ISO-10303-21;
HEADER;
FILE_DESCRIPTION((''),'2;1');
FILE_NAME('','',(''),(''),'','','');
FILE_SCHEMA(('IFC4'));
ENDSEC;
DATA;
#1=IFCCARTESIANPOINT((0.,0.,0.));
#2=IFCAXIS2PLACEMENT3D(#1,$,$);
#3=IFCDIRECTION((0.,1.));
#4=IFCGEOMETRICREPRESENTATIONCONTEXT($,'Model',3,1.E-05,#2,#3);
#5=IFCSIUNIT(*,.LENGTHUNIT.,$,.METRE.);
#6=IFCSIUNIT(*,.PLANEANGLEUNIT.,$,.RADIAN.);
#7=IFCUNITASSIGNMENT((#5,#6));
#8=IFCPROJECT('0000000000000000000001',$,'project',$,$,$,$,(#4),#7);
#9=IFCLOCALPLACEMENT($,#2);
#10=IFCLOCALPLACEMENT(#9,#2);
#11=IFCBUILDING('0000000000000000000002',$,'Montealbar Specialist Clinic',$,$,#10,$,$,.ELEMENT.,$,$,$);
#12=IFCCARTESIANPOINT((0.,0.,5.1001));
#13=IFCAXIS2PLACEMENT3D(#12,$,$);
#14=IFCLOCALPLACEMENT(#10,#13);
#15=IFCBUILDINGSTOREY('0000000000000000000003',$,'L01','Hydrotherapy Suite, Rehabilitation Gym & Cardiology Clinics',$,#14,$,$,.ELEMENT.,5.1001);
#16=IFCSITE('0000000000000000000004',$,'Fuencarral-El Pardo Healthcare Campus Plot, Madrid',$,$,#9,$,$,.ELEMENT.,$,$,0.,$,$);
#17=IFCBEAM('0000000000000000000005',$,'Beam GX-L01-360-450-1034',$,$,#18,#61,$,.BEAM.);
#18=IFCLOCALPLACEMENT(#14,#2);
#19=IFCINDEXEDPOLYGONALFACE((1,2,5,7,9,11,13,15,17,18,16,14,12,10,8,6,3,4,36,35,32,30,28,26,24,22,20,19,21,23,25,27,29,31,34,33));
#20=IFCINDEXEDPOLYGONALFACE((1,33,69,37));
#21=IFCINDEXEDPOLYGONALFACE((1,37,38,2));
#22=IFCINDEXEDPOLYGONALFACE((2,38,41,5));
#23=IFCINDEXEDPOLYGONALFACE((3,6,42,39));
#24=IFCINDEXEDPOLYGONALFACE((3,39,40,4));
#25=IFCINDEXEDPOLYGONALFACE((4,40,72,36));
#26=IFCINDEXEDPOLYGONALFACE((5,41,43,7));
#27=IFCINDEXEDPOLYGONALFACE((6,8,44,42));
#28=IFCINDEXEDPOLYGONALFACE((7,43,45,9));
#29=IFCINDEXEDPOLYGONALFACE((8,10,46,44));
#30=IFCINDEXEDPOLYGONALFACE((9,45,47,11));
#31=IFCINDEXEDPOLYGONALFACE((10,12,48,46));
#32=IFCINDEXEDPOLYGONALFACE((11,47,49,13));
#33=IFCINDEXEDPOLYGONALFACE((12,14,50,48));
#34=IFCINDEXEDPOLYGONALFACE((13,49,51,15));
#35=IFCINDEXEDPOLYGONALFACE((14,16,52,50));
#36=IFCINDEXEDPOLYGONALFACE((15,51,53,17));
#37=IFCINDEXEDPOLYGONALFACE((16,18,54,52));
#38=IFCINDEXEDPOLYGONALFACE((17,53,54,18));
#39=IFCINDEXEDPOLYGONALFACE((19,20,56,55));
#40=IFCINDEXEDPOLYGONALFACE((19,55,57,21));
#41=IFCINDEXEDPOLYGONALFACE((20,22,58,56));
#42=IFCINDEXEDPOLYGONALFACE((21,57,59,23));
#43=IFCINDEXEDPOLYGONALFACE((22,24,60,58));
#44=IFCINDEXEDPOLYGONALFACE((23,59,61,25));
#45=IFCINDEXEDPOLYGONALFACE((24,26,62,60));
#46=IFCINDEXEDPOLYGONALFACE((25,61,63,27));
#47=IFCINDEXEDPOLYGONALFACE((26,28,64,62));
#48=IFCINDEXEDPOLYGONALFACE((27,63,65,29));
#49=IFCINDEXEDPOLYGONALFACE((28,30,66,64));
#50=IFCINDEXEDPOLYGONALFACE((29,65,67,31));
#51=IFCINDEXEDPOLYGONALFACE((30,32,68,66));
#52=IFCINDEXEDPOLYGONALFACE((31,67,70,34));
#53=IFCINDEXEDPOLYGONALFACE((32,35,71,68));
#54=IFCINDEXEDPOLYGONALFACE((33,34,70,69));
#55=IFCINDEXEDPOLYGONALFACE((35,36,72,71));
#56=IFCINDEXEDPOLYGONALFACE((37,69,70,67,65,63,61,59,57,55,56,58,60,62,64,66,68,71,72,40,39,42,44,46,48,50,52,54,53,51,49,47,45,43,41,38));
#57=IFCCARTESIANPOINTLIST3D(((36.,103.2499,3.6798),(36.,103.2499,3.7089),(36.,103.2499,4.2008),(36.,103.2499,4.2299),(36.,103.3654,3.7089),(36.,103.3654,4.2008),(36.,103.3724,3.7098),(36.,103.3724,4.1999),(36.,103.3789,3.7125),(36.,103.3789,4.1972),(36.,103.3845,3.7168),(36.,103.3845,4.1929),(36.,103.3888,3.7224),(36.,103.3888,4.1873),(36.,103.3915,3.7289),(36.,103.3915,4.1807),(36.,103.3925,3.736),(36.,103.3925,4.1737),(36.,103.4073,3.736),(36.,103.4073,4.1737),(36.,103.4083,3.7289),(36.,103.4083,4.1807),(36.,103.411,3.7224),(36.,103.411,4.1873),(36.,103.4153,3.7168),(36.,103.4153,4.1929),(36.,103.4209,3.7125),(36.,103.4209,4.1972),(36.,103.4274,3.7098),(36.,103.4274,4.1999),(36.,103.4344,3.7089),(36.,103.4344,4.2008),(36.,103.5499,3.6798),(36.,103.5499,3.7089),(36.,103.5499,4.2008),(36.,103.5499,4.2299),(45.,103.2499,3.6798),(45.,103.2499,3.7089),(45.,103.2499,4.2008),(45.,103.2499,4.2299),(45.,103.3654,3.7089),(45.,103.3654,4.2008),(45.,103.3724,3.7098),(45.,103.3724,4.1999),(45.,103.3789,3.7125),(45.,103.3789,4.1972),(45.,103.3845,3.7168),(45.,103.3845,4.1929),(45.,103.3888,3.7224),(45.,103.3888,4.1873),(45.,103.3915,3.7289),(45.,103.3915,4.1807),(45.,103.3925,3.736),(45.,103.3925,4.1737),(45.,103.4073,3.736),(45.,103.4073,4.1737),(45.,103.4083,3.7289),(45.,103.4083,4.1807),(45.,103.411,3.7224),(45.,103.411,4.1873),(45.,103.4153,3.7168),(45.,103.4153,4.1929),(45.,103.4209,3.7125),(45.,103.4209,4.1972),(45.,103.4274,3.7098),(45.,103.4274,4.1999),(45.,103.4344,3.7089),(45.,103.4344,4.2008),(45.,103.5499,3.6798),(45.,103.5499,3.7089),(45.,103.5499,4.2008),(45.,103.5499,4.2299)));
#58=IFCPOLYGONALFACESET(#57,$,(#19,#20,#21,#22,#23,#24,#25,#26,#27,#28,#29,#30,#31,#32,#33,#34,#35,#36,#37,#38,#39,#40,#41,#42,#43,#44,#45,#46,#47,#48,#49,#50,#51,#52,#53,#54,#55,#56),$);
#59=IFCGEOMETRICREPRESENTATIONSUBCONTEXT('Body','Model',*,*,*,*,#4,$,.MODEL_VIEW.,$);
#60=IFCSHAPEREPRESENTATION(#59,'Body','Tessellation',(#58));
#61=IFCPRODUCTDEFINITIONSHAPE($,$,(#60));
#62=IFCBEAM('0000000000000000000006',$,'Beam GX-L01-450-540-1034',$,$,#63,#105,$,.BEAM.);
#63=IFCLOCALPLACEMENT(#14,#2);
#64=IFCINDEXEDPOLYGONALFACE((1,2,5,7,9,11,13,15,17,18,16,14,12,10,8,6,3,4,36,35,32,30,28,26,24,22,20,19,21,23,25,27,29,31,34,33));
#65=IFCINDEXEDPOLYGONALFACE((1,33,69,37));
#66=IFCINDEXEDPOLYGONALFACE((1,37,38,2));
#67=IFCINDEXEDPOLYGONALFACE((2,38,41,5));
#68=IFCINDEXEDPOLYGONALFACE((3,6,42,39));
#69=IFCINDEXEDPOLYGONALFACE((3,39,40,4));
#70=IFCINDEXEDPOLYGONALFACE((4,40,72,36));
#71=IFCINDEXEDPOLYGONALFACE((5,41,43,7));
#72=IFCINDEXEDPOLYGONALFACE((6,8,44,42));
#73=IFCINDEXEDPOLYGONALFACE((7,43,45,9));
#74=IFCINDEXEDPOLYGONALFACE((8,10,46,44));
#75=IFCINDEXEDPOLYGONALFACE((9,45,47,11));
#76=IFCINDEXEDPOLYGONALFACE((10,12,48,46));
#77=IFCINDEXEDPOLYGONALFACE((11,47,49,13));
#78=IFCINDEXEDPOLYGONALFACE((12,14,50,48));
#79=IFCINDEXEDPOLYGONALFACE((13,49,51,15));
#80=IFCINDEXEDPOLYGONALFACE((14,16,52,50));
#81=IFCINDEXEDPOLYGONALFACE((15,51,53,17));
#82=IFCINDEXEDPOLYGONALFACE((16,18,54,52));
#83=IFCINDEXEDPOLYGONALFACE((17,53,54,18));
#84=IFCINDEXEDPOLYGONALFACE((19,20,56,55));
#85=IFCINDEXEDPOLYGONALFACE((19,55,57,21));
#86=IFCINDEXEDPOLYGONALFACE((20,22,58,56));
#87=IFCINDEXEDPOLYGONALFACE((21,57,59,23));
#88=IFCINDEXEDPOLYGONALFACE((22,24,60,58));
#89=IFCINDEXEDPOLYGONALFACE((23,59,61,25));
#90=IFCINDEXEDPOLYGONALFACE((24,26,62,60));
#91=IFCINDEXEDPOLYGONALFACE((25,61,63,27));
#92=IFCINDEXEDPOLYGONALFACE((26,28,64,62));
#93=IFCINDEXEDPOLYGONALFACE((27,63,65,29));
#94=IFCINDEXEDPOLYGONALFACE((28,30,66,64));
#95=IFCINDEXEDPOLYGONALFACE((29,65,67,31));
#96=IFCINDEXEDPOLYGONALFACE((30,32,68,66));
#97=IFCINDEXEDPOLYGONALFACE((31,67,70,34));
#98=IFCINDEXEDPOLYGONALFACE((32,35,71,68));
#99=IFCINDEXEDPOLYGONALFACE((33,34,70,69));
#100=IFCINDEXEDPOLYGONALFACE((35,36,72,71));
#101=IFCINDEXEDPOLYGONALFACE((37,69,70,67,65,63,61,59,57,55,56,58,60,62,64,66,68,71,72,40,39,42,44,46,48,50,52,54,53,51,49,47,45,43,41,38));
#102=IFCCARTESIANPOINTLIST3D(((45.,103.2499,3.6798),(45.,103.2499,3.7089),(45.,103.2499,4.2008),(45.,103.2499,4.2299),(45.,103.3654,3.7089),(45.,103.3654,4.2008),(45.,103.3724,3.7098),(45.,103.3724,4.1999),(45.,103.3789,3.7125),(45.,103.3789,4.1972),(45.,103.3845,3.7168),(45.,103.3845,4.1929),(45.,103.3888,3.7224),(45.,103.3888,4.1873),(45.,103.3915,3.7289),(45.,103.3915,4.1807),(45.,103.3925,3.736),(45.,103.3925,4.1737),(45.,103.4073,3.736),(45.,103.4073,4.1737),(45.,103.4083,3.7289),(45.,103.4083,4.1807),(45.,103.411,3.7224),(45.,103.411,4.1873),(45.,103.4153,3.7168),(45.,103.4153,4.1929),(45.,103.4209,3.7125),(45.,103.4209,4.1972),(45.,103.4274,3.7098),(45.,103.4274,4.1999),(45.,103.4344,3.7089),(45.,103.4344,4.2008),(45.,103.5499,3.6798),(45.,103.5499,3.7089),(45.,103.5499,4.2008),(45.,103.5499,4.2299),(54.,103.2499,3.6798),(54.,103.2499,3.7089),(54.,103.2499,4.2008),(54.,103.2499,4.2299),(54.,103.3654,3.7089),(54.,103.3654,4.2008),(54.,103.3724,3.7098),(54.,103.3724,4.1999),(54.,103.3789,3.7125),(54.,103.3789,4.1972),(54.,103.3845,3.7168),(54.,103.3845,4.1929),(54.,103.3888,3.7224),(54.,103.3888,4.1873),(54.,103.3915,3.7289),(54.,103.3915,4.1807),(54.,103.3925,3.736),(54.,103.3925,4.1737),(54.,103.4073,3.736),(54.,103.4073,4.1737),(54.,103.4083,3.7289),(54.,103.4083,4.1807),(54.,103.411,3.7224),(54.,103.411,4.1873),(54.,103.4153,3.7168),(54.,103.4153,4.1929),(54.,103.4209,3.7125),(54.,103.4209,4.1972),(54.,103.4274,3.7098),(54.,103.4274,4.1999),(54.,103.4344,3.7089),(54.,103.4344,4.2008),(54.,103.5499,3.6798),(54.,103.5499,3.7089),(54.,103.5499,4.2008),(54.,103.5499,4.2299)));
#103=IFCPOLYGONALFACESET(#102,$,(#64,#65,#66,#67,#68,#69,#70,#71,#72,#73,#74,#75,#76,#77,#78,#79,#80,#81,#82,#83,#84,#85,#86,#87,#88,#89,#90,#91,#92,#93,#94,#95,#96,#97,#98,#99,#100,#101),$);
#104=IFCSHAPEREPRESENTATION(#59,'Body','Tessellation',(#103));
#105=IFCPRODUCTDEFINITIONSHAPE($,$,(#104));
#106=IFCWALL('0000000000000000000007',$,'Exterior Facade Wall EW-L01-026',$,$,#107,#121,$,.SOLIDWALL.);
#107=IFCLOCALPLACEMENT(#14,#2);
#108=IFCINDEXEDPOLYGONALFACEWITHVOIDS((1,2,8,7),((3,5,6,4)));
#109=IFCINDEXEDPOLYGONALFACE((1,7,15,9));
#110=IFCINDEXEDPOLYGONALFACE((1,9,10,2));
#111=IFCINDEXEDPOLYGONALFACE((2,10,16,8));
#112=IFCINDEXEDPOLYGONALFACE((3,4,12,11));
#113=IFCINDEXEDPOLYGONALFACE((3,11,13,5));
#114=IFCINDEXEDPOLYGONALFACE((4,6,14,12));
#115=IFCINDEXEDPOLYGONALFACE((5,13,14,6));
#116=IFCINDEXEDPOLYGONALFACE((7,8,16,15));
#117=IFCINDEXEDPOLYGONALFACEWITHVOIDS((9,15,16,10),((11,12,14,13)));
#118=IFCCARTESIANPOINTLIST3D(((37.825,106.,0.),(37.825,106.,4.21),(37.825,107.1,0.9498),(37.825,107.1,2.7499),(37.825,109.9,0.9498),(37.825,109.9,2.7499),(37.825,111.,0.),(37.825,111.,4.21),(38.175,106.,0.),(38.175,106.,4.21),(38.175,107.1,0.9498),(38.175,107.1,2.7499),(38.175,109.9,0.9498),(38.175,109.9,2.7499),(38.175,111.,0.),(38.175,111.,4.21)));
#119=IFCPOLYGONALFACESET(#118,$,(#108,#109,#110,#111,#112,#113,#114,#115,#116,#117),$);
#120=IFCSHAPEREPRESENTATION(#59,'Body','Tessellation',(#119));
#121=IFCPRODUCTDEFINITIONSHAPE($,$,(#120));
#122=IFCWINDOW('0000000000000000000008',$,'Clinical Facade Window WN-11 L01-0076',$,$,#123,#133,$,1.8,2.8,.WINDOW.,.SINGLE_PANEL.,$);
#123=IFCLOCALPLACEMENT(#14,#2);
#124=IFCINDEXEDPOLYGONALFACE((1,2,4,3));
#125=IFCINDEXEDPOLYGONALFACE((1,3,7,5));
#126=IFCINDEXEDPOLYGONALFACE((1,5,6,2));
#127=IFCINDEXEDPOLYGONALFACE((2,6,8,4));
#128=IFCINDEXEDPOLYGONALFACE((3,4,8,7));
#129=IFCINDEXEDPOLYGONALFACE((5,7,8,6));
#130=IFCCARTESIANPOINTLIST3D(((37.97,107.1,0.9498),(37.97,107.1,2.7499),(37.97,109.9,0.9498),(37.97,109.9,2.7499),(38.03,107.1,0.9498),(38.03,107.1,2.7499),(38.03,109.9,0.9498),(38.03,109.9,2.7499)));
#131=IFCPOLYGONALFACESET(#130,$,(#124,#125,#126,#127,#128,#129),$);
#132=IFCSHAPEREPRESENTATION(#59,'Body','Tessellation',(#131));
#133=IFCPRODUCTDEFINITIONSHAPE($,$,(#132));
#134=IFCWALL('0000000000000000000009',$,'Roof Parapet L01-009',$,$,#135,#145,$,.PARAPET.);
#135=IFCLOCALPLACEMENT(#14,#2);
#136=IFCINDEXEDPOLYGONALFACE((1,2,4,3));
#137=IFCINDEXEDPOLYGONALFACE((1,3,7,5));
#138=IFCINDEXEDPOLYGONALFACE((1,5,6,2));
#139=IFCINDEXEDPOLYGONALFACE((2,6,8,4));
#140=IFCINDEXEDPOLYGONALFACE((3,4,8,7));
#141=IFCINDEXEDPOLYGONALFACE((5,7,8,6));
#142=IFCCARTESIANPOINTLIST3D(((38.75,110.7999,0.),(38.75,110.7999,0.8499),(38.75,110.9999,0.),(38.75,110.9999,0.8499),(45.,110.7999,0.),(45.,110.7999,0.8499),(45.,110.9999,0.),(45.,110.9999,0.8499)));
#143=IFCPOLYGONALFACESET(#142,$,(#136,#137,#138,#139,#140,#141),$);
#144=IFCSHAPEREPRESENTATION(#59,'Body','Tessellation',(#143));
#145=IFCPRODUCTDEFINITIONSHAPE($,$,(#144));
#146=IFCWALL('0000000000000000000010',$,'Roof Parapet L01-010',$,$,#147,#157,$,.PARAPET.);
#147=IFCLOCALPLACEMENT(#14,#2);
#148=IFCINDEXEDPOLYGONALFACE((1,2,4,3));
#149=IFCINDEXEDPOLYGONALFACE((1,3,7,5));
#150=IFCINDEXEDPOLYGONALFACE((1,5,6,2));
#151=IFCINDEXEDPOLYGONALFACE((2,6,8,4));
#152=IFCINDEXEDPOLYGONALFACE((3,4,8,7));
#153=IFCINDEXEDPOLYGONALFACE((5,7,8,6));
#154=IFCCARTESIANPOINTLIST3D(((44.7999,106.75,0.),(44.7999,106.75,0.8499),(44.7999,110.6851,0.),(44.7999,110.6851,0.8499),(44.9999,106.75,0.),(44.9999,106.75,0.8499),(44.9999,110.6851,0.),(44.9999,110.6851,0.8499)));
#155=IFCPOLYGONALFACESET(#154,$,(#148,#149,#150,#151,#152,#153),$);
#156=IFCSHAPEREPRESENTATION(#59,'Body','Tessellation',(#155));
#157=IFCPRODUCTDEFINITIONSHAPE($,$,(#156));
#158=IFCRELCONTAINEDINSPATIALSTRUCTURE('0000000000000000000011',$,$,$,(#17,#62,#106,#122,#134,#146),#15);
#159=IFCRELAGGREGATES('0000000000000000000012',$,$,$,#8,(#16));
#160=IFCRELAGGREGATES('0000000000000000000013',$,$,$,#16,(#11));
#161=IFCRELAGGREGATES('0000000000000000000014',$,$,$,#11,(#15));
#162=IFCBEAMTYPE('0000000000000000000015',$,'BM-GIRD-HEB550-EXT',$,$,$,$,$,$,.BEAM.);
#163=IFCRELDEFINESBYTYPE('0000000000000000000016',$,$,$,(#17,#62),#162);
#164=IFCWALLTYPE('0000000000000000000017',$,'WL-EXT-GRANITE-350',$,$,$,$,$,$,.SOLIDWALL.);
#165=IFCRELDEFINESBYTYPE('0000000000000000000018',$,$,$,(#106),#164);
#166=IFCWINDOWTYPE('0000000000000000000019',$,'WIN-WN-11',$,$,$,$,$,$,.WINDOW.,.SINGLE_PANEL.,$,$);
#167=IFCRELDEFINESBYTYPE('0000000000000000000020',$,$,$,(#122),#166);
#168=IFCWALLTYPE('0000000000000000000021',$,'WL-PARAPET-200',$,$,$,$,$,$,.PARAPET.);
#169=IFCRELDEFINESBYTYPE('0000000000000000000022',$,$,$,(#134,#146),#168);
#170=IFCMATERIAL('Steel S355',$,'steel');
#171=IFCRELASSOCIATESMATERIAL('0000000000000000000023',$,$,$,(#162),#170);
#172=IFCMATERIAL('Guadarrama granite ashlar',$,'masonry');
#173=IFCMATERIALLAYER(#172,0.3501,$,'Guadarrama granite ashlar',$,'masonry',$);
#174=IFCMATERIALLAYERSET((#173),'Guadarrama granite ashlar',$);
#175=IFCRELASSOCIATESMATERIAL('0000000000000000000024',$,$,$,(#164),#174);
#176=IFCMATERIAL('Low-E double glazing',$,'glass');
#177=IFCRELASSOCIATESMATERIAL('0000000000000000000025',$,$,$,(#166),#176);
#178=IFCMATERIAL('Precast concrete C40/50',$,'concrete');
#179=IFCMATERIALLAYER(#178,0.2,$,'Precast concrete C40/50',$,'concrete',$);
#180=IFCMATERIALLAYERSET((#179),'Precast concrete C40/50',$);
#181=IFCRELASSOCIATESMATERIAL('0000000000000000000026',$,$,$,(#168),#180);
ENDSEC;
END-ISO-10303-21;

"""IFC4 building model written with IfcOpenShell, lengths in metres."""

from ifc_helpers import new_model, si_unit, direction, frame, frame_2d, origin, origin_2d, place, context, subcontext, project, spatial, rectangle, i_section, extrude, material, layer, layer_set, material_profile, profile_set, type_object, element, fill, save


model = new_model("IFC4")

# Units and contexts
model_context = context("Model", 3, precision=1e-05, world=origin(), true_north=direction((0.0, 1.0)))
body_context = subcontext(model_context, "Body", "Model", "MODEL_VIEW")
ifc_project = project(units=[si_unit("LENGTHUNIT", "METRE"), si_unit("PLANEANGLEUNIT", "RADIAN")], contexts=[model_context])

# Site, building, storey
site_placement = place(None, origin())
site = spatial("IfcSite", under=ifc_project, at=site_placement, Name="Fuencarral-El Pardo Healthcare Campus Plot, Madrid", CompositionType="ELEMENT", RefElevation=0.0)
building_placement = place(site_placement, origin())
building = spatial("IfcBuilding", under=site, at=building_placement, Name="Montealbar Specialist Clinic", CompositionType="ELEMENT")
storey_placement = place(building_placement, frame((0.0, 0.0, 5.1001)))
storey = spatial("IfcBuildingStorey", under=building, at=storey_placement, Name="L01", Description="Hydrotherapy Suite, Rehabilitation Gym & Cardiology Clinics", CompositionType="ELEMENT", Elevation=5.1001)

# Shared definitions
ifc_material_1 = material(Name="Guadarrama granite ashlar", Category="masonry")

# Beams
ifc_material_2 = material(Name="Precast concrete C40/50", Category="concrete")
ifc_material_3 = material(Name="Steel S355", Category="steel")
ifc_material_profile_1 = material_profile(ifc_material_3, i_section(OverallWidth=0.3, OverallDepth=0.55, WebThickness=0.0149, FlangeThickness=0.0291, FilletRadius=0.0271, at=origin_2d()), Name="HEB 550", Category="steel")
ifc_profile_set_1 = profile_set([ifc_material_profile_1], Name="Steel S355")
beam_type_1 = type_object("IfcBeamType", Name="BM-GIRD-HEB550-EXT", PredefinedType="BEAM", material=ifc_profile_set_1)
for number, where, z_axis, x_axis, name in (
    (1, (36.0, 103.3999, 3.9548), (1.0, 0.0, 0.0), (0.0, 1.0, 0.0), "Beam GX-L01-360-450-1034"),
    (2, (45.0, 103.3999, 3.9548), (1.0, 0.0, 0.0), (0.0, 1.0, 0.0), "Beam GX-L01-450-540-1034"),
):
    element("IfcBeam", number, at=place(storey_placement, frame(where, z_axis=z_axis, x_axis=x_axis)), inside=storey, type_object=beam_type_1, Name=name, PredefinedType="BEAM", context=body_context, shape_type="SweptSolid", body=[
        extrude(i_section(OverallWidth=0.3, OverallDepth=0.55, WebThickness=0.0149, FlangeThickness=0.0291, FilletRadius=0.0271, at=origin_2d()), origin(), (0.0, 0.0, 1.0), 9.0),
    ])

# Wall, opening, window
ifc_layer_1 = layer(ifc_material_1, 0.3501, Name="Guadarrama granite ashlar", Category="masonry")
ifc_layer_set_1 = layer_set([ifc_layer_1], Name="Guadarrama granite ashlar")
wall_type_1 = type_object("IfcWallType", Name="WL-EXT-GRANITE-350", PredefinedType="SOLIDWALL", material=ifc_layer_set_1)
wall_1_placement = place(storey_placement, frame((38.0, 111.0, 0.0), z_axis=(0.0, 0.0, 1.0), x_axis=(0.0, -1.0, 0.0)))
wall_1 = element("IfcWall", 3, at=wall_1_placement, inside=storey, type_object=wall_type_1, Name="Exterior Facade Wall EW-L01-026", PredefinedType="SOLIDWALL", context=body_context, shape_type="SweptSolid", body=[
    extrude(rectangle(XDim=5.0, YDim=0.3501, at=frame_2d((2.5, 0.0))), origin(), (0.0, 0.0, 1.0), 4.21),
])
opening_1_placement = place(wall_1_placement, frame((1.1001, 0.0, 0.95)))
opening_1 = element("IfcOpeningElement", 4, at=opening_1_placement, cuts=wall_1, PredefinedType="OPENING", context=body_context, shape_type="SweptSolid", body=[
    extrude(rectangle(XDim=2.8, YDim=1.8, at=frame_2d((1.3999, 0.8999))), frame((0.0, 0.1851, 0.0), z_axis=(0.0, -1.0, 0.0), x_axis=(1.0, 0.0, 0.0)), (0.0, 0.0, 1.0), 0.3701),
])
ifc_material_4 = material(Name="Low-E double glazing", Category="glass")
window_type = type_object("IfcWindowType", Name="WIN-WN-11", PartitioningType="SINGLE_PANEL", PredefinedType="WINDOW", material=ifc_material_4)
window_placement = place(opening_1_placement, origin())
window = element("IfcWindow", 5, at=window_placement, inside=storey, type_object=window_type, Name="Clinical Facade Window WN-11 L01-0076", OverallHeight=1.8, OverallWidth=2.8, PartitioningType="SINGLE_PANEL", PredefinedType="WINDOW", context=body_context, shape_type="SweptSolid", body=[
    extrude(rectangle(XDim=2.8, YDim=1.8, at=frame_2d((1.3999, 0.8999))), frame((0.0, 0.03, 0.0), z_axis=(0.0, -1.0, 0.0), x_axis=(1.0, 0.0, 0.0)), (0.0, 0.0, 1.0), 0.0601),
])
fill(opening_1, window)

# Walls
ifc_layer_2 = layer(ifc_material_2, 0.2, Name="Precast concrete C40/50", Category="concrete")
ifc_layer_set_2 = layer_set([ifc_layer_2], Name="Precast concrete C40/50")
wall_type_2 = type_object("IfcWallType", Name="WL-PARAPET-200", PredefinedType="PARAPET", material=ifc_layer_set_2)
wall_2_placement = place(storey_placement, frame((38.75, 110.8999, 0.0), z_axis=(0.0, 0.0, 1.0), x_axis=(1.0, 0.0, 0.0)))
element("IfcWall", 6, at=wall_2_placement, inside=storey, type_object=wall_type_2, Name="Roof Parapet L01-009", PredefinedType="PARAPET", context=body_context, shape_type="SweptSolid", body=[
    extrude(rectangle(XDim=6.25, YDim=0.2, at=frame_2d((3.125, 0.0))), origin(), (0.0, 0.0, 1.0), 0.8499),
])
wall_3_placement = place(storey_placement, frame((44.8999, 110.6851, 0.0), z_axis=(0.0, 0.0, 1.0), x_axis=(0.0, -1.0, 0.0)))
element("IfcWall", 7, at=wall_3_placement, inside=storey, type_object=wall_type_2, Name="Roof Parapet L01-010", PredefinedType="PARAPET", context=body_context, shape_type="SweptSolid", body=[
    extrude(rectangle(XDim=3.9351, YDim=0.2, at=frame_2d((1.9675, 0.0))), origin(), (0.0, 0.0, 1.0), 0.8499),
])

save(model, "model.ifc")
